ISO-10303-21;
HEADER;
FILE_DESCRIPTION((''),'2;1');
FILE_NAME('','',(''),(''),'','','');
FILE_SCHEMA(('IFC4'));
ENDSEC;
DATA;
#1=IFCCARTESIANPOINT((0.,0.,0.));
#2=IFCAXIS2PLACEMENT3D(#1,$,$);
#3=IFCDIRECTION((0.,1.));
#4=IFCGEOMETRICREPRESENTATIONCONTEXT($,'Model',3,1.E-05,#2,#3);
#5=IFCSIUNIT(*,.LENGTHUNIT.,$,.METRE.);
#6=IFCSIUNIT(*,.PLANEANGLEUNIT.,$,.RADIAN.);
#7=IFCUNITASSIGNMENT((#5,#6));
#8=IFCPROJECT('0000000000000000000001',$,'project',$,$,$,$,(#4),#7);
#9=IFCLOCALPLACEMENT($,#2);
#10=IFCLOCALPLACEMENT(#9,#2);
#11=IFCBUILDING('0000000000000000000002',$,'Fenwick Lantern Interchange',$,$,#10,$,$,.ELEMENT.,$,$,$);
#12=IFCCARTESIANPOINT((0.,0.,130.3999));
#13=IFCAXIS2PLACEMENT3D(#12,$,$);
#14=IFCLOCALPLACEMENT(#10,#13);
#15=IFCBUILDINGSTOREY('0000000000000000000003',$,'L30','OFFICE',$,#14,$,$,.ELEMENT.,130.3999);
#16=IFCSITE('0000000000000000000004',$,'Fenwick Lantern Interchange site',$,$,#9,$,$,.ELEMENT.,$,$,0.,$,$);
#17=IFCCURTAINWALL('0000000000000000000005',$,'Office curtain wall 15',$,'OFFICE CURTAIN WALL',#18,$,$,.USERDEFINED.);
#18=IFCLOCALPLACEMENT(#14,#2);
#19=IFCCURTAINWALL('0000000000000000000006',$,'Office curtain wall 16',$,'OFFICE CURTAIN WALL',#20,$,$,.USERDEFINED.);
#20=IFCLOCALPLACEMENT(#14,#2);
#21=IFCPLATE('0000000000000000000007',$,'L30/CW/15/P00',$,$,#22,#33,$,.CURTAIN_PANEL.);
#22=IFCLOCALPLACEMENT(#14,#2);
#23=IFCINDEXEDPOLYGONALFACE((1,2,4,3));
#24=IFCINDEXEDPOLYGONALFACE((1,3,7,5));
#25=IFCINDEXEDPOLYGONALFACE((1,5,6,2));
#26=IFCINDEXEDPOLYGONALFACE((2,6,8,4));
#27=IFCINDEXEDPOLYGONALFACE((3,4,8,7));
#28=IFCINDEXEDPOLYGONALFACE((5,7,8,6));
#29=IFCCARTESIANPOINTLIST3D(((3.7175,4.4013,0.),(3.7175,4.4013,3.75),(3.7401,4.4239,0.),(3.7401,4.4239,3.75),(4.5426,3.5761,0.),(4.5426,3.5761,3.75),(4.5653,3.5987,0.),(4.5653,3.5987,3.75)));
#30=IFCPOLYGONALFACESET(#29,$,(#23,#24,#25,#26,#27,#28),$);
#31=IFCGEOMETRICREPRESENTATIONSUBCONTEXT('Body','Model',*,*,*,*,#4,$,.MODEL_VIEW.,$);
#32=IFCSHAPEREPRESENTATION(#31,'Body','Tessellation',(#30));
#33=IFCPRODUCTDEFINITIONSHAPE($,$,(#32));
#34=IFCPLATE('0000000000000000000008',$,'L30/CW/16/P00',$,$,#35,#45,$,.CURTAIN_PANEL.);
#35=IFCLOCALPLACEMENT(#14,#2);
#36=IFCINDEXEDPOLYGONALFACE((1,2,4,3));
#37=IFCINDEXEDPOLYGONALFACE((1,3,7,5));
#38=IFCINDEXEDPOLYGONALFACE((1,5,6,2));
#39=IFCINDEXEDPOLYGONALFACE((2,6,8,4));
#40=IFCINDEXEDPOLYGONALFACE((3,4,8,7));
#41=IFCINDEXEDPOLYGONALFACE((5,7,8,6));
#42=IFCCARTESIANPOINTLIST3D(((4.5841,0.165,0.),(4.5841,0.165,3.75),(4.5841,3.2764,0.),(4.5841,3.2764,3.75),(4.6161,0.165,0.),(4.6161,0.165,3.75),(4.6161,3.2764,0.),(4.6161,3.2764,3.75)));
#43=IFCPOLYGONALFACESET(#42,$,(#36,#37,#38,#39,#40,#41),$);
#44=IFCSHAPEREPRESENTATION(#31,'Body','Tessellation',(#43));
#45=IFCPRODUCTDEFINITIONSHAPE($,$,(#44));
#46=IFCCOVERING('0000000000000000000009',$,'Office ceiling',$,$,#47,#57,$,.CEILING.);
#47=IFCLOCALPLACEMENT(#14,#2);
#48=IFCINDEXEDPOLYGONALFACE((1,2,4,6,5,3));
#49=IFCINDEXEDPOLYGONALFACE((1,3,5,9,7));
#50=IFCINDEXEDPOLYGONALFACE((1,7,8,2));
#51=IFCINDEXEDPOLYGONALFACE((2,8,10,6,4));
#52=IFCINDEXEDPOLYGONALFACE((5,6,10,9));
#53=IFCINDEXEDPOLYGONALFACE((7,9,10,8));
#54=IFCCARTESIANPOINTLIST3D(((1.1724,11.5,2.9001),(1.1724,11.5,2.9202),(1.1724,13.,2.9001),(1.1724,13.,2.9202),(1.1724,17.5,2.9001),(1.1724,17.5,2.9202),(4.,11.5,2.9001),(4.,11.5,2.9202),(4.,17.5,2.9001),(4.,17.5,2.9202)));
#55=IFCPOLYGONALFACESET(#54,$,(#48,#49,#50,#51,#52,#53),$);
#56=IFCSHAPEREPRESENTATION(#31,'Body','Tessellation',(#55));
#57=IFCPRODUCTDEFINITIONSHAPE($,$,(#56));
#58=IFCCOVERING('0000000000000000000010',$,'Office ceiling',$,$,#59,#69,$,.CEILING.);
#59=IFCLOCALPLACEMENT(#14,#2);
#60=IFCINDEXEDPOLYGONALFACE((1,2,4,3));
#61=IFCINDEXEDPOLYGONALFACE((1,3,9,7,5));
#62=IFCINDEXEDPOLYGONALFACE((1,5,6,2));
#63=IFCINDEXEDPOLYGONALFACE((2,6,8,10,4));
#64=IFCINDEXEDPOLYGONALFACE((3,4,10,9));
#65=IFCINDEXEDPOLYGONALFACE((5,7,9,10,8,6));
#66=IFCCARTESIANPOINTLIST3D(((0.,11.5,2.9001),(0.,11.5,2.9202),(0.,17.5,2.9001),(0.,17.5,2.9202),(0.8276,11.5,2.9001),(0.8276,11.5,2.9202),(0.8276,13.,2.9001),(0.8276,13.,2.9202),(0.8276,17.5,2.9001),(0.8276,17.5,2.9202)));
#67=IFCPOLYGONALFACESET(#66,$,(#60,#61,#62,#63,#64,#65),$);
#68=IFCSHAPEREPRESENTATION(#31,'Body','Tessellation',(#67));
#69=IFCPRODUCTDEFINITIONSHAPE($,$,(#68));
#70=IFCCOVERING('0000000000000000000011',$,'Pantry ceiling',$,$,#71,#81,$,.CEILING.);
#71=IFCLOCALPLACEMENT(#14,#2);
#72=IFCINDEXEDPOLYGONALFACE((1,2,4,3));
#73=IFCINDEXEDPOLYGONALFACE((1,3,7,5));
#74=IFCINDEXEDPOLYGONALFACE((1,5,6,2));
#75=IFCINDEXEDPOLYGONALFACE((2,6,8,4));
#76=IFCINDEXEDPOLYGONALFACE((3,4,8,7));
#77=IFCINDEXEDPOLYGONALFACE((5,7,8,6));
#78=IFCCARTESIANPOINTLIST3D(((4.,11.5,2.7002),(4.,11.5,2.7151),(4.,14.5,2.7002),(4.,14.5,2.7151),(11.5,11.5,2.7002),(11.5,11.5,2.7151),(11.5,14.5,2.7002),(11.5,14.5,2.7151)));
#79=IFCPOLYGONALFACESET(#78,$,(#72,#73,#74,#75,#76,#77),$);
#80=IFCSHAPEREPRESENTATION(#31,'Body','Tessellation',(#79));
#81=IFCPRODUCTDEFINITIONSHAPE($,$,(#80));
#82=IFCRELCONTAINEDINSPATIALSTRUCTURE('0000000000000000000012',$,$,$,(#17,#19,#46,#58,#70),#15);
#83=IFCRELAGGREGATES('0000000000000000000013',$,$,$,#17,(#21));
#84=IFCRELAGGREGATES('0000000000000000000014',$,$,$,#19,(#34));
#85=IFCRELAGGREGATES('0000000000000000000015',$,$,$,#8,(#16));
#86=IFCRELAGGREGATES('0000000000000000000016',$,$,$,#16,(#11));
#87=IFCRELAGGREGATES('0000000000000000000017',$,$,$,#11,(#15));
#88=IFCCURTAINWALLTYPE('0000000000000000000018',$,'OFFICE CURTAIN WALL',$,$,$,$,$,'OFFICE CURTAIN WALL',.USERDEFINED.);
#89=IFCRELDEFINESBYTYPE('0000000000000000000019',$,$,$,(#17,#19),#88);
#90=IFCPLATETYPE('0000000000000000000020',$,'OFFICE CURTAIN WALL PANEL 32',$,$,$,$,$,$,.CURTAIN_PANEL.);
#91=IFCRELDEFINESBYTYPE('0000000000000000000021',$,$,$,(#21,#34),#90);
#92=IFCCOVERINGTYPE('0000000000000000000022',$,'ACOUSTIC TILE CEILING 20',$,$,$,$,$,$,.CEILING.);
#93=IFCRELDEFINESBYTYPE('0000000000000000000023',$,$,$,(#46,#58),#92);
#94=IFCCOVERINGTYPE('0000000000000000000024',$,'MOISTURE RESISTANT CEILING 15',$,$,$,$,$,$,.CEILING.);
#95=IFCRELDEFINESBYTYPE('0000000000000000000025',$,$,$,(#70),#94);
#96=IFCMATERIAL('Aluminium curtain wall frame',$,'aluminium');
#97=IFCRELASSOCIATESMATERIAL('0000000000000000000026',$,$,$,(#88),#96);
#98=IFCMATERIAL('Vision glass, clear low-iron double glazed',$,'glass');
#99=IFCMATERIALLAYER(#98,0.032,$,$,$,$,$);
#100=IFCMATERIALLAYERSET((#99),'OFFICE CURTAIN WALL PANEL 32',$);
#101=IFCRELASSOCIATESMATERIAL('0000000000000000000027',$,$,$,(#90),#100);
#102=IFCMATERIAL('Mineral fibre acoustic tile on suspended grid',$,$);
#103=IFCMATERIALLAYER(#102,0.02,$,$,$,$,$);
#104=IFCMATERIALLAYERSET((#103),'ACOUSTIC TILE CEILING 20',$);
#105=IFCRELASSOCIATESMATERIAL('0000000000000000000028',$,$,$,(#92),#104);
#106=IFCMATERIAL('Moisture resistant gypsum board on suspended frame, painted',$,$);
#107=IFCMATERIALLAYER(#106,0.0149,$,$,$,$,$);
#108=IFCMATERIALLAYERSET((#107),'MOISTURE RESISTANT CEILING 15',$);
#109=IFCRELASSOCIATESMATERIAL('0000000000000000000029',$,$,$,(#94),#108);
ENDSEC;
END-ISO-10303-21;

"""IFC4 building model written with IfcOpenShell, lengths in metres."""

from ifc_helpers import new_model, si_unit, direction, frame, origin, origin_2d, place, context, subcontext, project, spatial, polyline, rectangle, outline, extrude, material, layer, layer_set, type_object, element, aggregate, save


model = new_model("IFC4")

# Units and contexts
model_context = context("Model", 3, precision=1e-05, world=origin(), true_north=direction((0.0, 1.0)))
body_context = subcontext(model_context, "Body", "Model", "MODEL_VIEW")
ifc_project = project(units=[si_unit("LENGTHUNIT", "METRE"), si_unit("PLANEANGLEUNIT", "RADIAN")], contexts=[model_context])

# Site, building, storey
site_placement = place(None, origin())
site = spatial("IfcSite", under=ifc_project, at=site_placement, Name="Fenwick Lantern Interchange site", CompositionType="ELEMENT", RefElevation=0.0)
building_placement = place(site_placement, origin())
building = spatial("IfcBuilding", under=site, at=building_placement, Name="Fenwick Lantern Interchange", CompositionType="ELEMENT")
storey_placement = place(building_placement, frame((0.0, 0.0, 130.3999)))
storey = spatial("IfcBuildingStorey", under=building, at=storey_placement, Name="L30", Description="OFFICE", CompositionType="ELEMENT", Elevation=130.3999)

# Shared definitions
ifc_material_1 = material(Name="Aluminium curtain wall frame", Category="aluminium")
curtain_wall_type = type_object("IfcCurtainWallType", Name="OFFICE CURTAIN WALL", ElementType="OFFICE CURTAIN WALL", PredefinedType="USERDEFINED", material=ifc_material_1)

# Curtain wall
curtain_wall_1_placement = place(storey_placement, origin())
curtain_wall_1 = element("IfcCurtainWall", 1, at=curtain_wall_1_placement, inside=storey, type_object=curtain_wall_type, Name="Office curtain wall 15", ObjectType="OFFICE CURTAIN WALL", PredefinedType="USERDEFINED")

# Curtain wall
curtain_wall_2_placement = place(storey_placement, origin())
curtain_wall_2 = element("IfcCurtainWall", 2, at=curtain_wall_2_placement, inside=storey, type_object=curtain_wall_type, Name="Office curtain wall 16", ObjectType="OFFICE CURTAIN WALL", PredefinedType="USERDEFINED")

# Shared definitions
ifc_material_2 = material(Name="Vision glass, clear low-iron double glazed", Category="glass")
ifc_layer_1 = layer(ifc_material_2, 0.032)
ifc_layer_set_1 = layer_set([ifc_layer_1], Name="OFFICE CURTAIN WALL PANEL 32")
plate_type = type_object("IfcPlateType", Name="OFFICE CURTAIN WALL PANEL 32", PredefinedType="CURTAIN_PANEL", material=ifc_layer_set_1)

# Plates
plate_1_placement = place(storey_placement, frame((4.1414, 4.0, 0.0), z_axis=(0.0, 0.0, 1.0), x_axis=(0.707107, -0.707107, 0.0)))
plate_1 = element("IfcPlate", 3, at=plate_1_placement, type_object=plate_type, Name="L30/CW/15/P00", PredefinedType="CURTAIN_PANEL", context=body_context, shape_type="SweptSolid", body=[
    extrude(rectangle(XDim=1.167, YDim=0.032, at=origin_2d()), origin(), (0.0, 0.0, 1.0), 3.75),
])
aggregate(curtain_wall_1, [plate_1])
plate_2_placement = place(storey_placement, frame((4.6001, 1.7207, 0.0), z_axis=(0.0, 0.0, 1.0), x_axis=(0.0, -1.0, 0.0)))
plate_2 = element("IfcPlate", 4, at=plate_2_placement, type_object=plate_type, Name="L30/CW/16/P00", PredefinedType="CURTAIN_PANEL", context=body_context, shape_type="SweptSolid", body=[
    extrude(rectangle(XDim=3.1113, YDim=0.032, at=origin_2d()), origin(), (0.0, 0.0, 1.0), 3.75),
])
aggregate(curtain_wall_2, [plate_2])

# Coverings
ifc_material_3 = material(Name="Mineral fibre acoustic tile on suspended grid")
ifc_layer_2 = layer(ifc_material_3, 0.02)
ifc_layer_set_2 = layer_set([ifc_layer_2], Name="ACOUSTIC TILE CEILING 20")
covering_type_1 = type_object("IfcCoveringType", Name="ACOUSTIC TILE CEILING 20", PredefinedType="CEILING", material=ifc_layer_set_2)
covering_1_placement = place(storey_placement, frame((0.0, 0.0, 2.9001)))
element("IfcCovering", 5, at=covering_1_placement, inside=storey, type_object=covering_type_1, Name="Office ceiling", PredefinedType="CEILING", context=body_context, shape_type="SweptSolid", body=[
    extrude(outline(polyline([(4.0, 17.5), (1.1724, 17.5), (1.1724, 13.0), (1.1724, 11.5), (4.0, 11.5), (4.0, 17.5)])), origin(), (0.0, 0.0, 1.0), 0.02),
])
covering_2_placement = place(storey_placement, frame((0.0, 0.0, 2.9001)))
element("IfcCovering", 6, at=covering_2_placement, inside=storey, type_object=covering_type_1, Name="Office ceiling", PredefinedType="CEILING", context=body_context, shape_type="SweptSolid", body=[
    extrude(outline(polyline([(0.0, 11.5), (0.8276, 11.5), (0.8276, 13.0), (0.8276, 17.5), (0.0, 17.5), (0.0, 11.5)])), origin(), (0.0, 0.0, 1.0), 0.02),
])
ifc_material_4 = material(Name="Moisture resistant gypsum board on suspended frame, painted")
ifc_layer_3 = layer(ifc_material_4, 0.0149)
ifc_layer_set_3 = layer_set([ifc_layer_3], Name="MOISTURE RESISTANT CEILING 15")
covering_type_2 = type_object("IfcCoveringType", Name="MOISTURE RESISTANT CEILING 15", PredefinedType="CEILING", material=ifc_layer_set_3)
covering_3_placement = place(storey_placement, frame((0.0, 0.0, 2.7002)))
element("IfcCovering", 7, at=covering_3_placement, inside=storey, type_object=covering_type_2, Name="Pantry ceiling", PredefinedType="CEILING", context=body_context, shape_type="SweptSolid", body=[
    extrude(outline(polyline([(4.0, 14.5), (4.0, 11.5), (11.5, 11.5), (11.5, 14.5), (4.0, 14.5)])), origin(), (0.0, 0.0, 1.0), 0.0149),
])

save(model, "model.ifc")
